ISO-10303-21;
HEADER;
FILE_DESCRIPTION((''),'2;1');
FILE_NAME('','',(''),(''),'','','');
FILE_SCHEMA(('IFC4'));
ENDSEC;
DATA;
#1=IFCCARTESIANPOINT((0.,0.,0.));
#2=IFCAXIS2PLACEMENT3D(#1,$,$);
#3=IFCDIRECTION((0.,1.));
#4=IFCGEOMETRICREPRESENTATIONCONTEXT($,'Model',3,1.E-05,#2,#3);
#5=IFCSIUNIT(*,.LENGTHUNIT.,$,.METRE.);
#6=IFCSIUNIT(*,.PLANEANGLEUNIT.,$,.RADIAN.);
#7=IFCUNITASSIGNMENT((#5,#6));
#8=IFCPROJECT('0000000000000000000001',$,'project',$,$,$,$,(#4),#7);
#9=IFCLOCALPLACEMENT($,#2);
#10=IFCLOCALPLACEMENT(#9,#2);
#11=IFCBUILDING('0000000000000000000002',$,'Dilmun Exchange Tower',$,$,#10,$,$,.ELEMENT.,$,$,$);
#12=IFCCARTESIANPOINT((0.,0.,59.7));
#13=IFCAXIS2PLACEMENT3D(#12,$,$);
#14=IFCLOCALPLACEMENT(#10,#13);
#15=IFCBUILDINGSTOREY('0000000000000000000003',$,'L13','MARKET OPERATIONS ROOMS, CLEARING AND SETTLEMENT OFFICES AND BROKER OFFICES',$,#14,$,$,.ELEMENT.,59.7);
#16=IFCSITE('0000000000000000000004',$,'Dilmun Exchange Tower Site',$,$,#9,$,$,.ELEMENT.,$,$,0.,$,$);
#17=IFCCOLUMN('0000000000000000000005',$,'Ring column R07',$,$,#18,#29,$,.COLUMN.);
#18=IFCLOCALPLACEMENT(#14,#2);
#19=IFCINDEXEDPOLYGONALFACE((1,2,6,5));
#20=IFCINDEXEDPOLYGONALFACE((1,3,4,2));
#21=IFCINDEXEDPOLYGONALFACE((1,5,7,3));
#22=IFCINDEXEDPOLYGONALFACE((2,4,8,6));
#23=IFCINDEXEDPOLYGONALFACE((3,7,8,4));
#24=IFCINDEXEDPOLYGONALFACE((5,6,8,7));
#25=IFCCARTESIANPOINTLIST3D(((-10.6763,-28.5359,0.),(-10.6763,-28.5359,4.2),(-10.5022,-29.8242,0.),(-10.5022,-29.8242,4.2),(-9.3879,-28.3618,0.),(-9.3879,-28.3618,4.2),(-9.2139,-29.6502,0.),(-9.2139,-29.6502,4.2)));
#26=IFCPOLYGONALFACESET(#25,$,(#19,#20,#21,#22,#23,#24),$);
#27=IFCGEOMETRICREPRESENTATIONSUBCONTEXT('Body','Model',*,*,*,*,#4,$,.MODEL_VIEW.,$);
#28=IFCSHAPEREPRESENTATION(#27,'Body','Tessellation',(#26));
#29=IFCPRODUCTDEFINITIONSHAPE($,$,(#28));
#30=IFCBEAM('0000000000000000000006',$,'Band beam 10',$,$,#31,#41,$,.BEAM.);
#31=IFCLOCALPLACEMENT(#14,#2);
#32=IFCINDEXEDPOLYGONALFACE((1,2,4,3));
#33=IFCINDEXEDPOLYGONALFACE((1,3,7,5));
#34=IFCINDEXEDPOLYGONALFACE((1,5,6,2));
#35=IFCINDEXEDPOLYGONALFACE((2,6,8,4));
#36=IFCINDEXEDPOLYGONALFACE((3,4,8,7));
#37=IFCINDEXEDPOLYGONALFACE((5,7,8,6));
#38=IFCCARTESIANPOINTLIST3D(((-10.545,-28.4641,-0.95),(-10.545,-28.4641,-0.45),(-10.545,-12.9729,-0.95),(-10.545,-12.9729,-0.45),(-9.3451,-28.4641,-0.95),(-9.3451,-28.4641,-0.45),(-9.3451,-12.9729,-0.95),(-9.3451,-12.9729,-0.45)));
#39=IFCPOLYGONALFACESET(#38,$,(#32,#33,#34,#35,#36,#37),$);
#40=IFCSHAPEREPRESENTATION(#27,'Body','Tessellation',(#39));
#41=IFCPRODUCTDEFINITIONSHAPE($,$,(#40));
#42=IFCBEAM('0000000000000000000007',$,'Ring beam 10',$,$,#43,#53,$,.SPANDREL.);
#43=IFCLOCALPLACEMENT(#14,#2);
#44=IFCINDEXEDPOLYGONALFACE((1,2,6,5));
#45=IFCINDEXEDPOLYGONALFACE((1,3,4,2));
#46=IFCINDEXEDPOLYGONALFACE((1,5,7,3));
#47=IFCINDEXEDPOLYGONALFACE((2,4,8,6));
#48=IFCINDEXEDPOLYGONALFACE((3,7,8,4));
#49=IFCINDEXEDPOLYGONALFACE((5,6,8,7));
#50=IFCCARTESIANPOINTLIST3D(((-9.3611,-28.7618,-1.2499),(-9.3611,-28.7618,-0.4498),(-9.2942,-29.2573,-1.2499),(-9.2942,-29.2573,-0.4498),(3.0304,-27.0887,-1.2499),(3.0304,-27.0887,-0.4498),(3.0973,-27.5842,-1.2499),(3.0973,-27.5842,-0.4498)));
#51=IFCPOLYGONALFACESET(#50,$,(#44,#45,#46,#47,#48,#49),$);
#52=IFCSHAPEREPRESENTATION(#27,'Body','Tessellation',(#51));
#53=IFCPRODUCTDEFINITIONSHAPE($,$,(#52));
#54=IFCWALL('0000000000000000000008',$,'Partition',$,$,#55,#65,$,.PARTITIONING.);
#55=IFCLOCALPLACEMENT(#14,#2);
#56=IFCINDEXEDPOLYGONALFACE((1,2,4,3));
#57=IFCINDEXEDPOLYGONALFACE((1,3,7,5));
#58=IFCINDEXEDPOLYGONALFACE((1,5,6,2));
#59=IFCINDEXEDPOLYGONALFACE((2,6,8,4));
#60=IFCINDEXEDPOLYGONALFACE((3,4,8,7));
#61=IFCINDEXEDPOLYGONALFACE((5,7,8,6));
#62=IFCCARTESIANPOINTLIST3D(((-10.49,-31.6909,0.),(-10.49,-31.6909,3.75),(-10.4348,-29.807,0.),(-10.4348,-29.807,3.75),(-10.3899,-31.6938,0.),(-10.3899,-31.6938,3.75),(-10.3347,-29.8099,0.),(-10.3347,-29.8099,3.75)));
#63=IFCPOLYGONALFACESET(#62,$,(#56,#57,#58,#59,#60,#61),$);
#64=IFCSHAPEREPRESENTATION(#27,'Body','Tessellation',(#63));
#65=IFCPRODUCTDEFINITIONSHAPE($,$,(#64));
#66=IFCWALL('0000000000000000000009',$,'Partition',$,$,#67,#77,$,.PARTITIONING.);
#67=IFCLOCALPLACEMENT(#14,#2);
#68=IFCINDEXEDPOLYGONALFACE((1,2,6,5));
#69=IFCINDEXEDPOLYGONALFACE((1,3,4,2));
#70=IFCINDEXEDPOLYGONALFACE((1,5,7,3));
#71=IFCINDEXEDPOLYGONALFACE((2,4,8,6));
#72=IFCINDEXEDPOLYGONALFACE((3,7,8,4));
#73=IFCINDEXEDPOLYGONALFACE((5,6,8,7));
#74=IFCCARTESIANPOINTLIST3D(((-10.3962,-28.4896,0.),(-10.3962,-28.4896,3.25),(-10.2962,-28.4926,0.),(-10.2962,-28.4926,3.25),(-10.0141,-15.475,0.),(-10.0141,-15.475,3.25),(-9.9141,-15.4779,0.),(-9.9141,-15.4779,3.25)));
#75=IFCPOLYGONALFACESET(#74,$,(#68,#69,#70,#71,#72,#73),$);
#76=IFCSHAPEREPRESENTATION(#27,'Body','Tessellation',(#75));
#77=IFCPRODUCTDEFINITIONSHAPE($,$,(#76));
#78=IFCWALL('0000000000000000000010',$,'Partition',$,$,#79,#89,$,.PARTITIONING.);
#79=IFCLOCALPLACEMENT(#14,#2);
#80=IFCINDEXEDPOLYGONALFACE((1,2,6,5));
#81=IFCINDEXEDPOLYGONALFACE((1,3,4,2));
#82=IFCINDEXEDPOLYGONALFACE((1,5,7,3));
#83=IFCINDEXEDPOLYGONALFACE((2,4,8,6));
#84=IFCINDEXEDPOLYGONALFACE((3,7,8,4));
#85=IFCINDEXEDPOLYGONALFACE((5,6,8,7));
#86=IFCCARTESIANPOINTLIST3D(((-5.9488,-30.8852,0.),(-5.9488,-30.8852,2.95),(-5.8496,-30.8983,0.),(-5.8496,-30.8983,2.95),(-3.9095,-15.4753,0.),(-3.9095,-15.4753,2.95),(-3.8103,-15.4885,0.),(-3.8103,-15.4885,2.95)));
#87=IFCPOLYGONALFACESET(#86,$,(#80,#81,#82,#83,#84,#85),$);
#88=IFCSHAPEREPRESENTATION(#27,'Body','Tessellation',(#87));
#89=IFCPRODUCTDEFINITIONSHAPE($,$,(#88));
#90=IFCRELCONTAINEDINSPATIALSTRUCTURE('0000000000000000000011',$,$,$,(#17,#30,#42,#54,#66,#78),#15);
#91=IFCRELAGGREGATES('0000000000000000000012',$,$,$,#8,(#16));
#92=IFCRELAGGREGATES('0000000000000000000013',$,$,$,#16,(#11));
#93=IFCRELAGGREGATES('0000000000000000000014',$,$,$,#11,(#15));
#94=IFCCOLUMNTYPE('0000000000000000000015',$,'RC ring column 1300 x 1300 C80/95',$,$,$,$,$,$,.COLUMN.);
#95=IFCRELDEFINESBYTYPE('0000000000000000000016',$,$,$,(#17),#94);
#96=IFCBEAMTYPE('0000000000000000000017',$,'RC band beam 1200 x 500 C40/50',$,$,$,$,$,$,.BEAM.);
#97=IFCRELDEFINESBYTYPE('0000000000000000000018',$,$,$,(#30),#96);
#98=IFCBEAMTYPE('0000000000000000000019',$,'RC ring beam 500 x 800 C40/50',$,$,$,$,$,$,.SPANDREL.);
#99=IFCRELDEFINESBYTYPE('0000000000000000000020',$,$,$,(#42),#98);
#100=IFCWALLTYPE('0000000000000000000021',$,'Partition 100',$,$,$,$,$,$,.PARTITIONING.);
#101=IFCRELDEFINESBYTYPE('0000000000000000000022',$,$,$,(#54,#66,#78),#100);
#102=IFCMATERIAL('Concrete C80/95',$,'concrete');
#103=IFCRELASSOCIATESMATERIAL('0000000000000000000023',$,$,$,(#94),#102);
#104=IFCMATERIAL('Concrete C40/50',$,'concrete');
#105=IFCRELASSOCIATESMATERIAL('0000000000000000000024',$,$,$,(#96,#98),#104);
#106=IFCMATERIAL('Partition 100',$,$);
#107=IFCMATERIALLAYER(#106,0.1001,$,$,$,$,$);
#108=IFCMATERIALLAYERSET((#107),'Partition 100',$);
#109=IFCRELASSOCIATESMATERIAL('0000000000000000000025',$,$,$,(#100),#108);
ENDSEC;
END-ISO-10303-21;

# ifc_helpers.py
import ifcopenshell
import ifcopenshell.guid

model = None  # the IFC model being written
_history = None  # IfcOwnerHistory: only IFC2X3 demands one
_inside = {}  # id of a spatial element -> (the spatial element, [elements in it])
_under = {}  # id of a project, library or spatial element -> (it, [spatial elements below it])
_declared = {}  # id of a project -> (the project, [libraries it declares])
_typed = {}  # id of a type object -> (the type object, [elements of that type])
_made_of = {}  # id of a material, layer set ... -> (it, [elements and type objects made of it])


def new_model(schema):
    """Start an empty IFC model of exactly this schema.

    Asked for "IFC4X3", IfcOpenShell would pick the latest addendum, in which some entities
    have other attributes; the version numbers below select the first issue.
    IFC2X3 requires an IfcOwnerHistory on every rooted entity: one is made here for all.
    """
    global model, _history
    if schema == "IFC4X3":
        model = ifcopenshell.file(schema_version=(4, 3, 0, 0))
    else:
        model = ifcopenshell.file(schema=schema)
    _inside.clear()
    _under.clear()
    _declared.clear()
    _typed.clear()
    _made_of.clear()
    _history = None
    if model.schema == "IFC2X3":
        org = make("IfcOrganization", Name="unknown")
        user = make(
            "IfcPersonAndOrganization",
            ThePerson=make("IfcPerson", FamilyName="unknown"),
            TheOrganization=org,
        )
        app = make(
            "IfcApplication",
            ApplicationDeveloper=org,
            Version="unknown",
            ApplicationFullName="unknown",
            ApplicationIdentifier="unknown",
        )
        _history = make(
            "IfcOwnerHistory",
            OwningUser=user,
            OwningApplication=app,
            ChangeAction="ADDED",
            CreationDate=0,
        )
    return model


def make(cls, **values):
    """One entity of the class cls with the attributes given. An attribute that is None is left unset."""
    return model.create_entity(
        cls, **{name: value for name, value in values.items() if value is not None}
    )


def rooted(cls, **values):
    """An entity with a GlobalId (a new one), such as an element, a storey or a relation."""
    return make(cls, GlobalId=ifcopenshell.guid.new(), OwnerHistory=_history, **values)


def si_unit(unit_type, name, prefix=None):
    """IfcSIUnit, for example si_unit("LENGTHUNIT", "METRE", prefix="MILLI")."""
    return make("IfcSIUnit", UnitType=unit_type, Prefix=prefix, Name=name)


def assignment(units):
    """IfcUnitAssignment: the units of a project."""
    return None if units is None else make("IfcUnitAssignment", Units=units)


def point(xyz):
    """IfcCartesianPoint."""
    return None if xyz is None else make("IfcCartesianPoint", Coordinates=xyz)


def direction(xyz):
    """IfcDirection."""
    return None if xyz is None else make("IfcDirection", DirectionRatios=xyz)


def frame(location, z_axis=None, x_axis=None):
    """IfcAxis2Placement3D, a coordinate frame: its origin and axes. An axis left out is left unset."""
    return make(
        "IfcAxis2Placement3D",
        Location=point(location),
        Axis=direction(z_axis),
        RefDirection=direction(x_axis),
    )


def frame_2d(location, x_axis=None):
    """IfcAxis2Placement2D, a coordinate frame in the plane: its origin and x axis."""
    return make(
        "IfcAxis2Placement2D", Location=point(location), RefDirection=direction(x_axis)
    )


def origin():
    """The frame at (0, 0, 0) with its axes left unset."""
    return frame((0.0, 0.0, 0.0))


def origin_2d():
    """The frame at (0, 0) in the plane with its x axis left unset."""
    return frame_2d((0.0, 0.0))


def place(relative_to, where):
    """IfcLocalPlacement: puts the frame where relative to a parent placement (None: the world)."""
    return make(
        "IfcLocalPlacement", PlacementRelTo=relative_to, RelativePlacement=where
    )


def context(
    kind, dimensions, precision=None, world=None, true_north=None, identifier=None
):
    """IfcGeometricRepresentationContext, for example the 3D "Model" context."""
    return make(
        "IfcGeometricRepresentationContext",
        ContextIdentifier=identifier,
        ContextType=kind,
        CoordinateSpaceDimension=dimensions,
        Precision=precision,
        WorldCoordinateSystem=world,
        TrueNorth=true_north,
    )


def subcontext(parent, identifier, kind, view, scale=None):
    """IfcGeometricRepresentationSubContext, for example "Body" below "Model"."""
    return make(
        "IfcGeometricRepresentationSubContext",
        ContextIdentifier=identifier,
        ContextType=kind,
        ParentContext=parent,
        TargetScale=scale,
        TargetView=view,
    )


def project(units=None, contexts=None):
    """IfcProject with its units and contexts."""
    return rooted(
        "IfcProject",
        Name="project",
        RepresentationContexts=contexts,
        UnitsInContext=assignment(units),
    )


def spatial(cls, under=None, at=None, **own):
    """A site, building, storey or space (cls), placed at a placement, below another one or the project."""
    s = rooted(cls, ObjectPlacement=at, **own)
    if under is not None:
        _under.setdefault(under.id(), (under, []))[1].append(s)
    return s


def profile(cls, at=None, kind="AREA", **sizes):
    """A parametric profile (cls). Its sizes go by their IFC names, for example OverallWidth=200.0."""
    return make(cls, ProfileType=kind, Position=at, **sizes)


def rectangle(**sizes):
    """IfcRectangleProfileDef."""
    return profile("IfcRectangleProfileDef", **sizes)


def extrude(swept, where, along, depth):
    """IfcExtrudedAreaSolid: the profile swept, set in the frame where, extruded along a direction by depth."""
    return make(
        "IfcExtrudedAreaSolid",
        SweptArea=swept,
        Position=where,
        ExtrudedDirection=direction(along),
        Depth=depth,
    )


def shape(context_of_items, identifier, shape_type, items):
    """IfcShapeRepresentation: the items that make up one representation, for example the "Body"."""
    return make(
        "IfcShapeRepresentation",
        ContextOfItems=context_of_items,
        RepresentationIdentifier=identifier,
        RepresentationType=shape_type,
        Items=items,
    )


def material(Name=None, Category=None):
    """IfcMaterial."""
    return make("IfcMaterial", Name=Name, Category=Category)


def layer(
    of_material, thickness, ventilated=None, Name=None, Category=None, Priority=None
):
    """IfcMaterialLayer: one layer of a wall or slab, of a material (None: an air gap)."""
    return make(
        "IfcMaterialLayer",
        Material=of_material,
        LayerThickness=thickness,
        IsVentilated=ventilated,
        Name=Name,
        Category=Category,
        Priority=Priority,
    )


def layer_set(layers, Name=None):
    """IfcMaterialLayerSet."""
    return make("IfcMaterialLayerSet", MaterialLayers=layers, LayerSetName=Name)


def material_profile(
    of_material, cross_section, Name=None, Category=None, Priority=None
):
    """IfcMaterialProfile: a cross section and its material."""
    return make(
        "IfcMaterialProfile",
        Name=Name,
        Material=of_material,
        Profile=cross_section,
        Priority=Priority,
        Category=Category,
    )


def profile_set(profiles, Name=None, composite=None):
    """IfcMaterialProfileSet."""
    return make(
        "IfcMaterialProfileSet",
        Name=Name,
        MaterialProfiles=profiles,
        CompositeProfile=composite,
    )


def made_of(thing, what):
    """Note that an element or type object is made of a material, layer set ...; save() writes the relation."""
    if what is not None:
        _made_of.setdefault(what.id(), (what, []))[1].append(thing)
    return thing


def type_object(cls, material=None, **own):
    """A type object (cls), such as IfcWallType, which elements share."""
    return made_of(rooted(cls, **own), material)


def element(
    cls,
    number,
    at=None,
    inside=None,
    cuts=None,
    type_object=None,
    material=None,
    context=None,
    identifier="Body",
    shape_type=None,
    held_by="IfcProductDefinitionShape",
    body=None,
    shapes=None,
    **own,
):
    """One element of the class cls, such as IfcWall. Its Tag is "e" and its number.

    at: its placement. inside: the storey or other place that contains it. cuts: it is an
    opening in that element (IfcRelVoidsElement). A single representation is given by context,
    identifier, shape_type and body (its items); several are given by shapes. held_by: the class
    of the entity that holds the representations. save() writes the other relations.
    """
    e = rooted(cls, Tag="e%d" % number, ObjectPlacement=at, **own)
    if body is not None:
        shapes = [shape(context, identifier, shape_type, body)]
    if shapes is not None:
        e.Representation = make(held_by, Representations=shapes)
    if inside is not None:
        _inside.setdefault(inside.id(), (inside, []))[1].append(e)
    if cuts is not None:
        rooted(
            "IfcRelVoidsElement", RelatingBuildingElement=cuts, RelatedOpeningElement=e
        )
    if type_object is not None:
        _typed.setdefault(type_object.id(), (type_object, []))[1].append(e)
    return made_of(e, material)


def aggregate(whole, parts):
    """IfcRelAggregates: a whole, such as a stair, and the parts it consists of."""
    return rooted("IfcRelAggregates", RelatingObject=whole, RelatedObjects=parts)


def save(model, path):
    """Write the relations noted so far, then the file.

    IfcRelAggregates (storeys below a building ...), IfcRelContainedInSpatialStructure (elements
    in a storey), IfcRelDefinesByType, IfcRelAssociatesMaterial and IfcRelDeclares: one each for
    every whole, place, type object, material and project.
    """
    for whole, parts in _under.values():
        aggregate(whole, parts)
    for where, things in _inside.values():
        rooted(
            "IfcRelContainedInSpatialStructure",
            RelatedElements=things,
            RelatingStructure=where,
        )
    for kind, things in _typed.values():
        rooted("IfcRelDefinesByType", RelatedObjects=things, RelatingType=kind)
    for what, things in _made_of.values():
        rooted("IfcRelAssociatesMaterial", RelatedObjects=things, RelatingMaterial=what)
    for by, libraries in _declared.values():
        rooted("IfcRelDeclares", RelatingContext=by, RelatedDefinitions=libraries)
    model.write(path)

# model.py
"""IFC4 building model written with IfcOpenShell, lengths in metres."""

from ifc_helpers import new_model, si_unit, direction, frame, frame_2d, origin, origin_2d, place, context, subcontext, project, spatial, rectangle, extrude, material, layer, layer_set, material_profile, profile_set, type_object, element, save


model = new_model("IFC4")

# Units and contexts
model_context = context("Model", 3, precision=1e-05, world=origin(), true_north=direction((0.0, 1.0)))
body_context = subcontext(model_context, "Body", "Model", "MODEL_VIEW")
ifc_project = project(units=[si_unit("LENGTHUNIT", "METRE"), si_unit("PLANEANGLEUNIT", "RADIAN")], contexts=[model_context])

# Site, building, storey
site_placement = place(None, origin())
site = spatial("IfcSite", under=ifc_project, at=site_placement, Name="Dilmun Exchange Tower Site", CompositionType="ELEMENT", RefElevation=0.0)
building_placement = place(site_placement, origin())
building = spatial("IfcBuilding", under=site, at=building_placement, Name="Dilmun Exchange Tower", CompositionType="ELEMENT")
storey_placement = place(building_placement, frame((0.0, 0.0, 59.7)))
storey = spatial("IfcBuildingStorey", under=building, at=storey_placement, Name="L13", Description="MARKET OPERATIONS ROOMS, CLEARING AND SETTLEMENT OFFICES AND BROKER OFFICES", CompositionType="ELEMENT", Elevation=59.7)

# Column
ifc_material_1 = material(Name="Concrete C80/95", Category="concrete")
ifc_material_profile_1 = material_profile(ifc_material_1, rectangle(XDim=1.3, YDim=1.3, at=origin_2d()), Name="1300 x 1300")
ifc_profile_set_1 = profile_set([ifc_material_profile_1], Name="Concrete C80/95")
column_type = type_object("IfcColumnType", Name="RC ring column 1300 x 1300 C80/95", PredefinedType="COLUMN", material=ifc_profile_set_1)
column_placement = place(storey_placement, frame((-9.9451, -29.093, 0.0), z_axis=(0.0, 0.0, 1.0), x_axis=(0.991001, 0.133853, 0.0)))
element("IfcColumn", 1, at=column_placement, inside=storey, type_object=column_type, Name="Ring column R07", PredefinedType="COLUMN", context=body_context, shape_type="SweptSolid", body=[
    extrude(rectangle(XDim=1.3, YDim=1.3, at=origin_2d()), origin(), (0.0, 0.0, 1.0), 4.2),
])

# Beams
ifc_material_2 = material(Name="Concrete C40/50", Category="concrete")
ifc_material_profile_2 = material_profile(ifc_material_2, rectangle(XDim=1.2, YDim=0.5, at=origin_2d()), Name="1200 x 500")
ifc_profile_set_2 = profile_set([ifc_material_profile_2], Name="Concrete C40/50")
beam_type_1 = type_object("IfcBeamType", Name="RC band beam 1200 x 500 C40/50", PredefinedType="BEAM", material=ifc_profile_set_2)
beam_1_placement = place(storey_placement, frame((-9.9451, -28.4641, -0.7), z_axis=(0.0, 1.0, 0.0), x_axis=(-1.0, 0.0, 0.0)))
element("IfcBeam", 2, at=beam_1_placement, inside=storey, type_object=beam_type_1, Name="Band beam 10", PredefinedType="BEAM", context=body_context, shape_type="SweptSolid", body=[
    extrude(rectangle(XDim=1.2, YDim=0.5, at=origin_2d()), origin(), (0.0, 0.0, 1.0), 15.4912),
])
ifc_material_profile_3 = material_profile(ifc_material_2, rectangle(XDim=0.5, YDim=0.8, at=origin_2d()), Name="500 x 800")
ifc_profile_set_3 = profile_set([ifc_material_profile_3], Name="Concrete C40/50")
beam_type_2 = type_object("IfcBeamType", Name="RC ring beam 500 x 800 C40/50", PredefinedType="SPANDREL", material=ifc_profile_set_3)
beam_2_placement = place(storey_placement, frame((-9.3276, -29.0095, -0.8499), z_axis=(0.991007, 0.133807, 0.0), x_axis=(-0.133807, 0.991007, 0.0)))
element("IfcBeam", 3, at=beam_2_placement, inside=storey, type_object=beam_type_2, Name="Ring beam 10", PredefinedType="SPANDREL", context=body_context, shape_type="SweptSolid", body=[
    extrude(rectangle(XDim=0.5, YDim=0.8, at=origin_2d()), origin(), (0.0, 0.0, 1.0), 12.5039),
])

# Walls
ifc_material_3 = material(Name="Partition 100")
ifc_layer = layer(ifc_material_3, 0.1001)
ifc_layer_set = layer_set([ifc_layer], Name="Partition 100")
wall_type = type_object("IfcWallType", Name="Partition 100", PredefinedType="PARTITIONING", material=ifc_layer_set)
wall_1_placement = place(storey_placement, frame((-10.4399, -31.6924, 0.0), z_axis=(0.0, 0.0, 1.0), x_axis=(0.029273, 0.999571, 0.0)))
element("IfcWall", 4, at=wall_1_placement, inside=storey, type_object=wall_type, Name="Partition", PredefinedType="PARTITIONING", context=body_context, shape_type="SweptSolid", body=[
    extrude(rectangle(XDim=1.8848, YDim=0.1001, at=frame_2d((0.9424, 0.0))), origin(), (0.0, 0.0, 1.0), 3.75),
])
wall_2_placement = place(storey_placement, frame((-10.3462, -28.4912, 0.0), z_axis=(0.0, 0.0, 1.0), x_axis=(0.029345, 0.999569, 0.0)))
element("IfcWall", 5, at=wall_2_placement, inside=storey, type_object=wall_type, Name="Partition", PredefinedType="PARTITIONING", context=body_context, shape_type="SweptSolid", body=[
    extrude(rectangle(XDim=13.0203, YDim=0.1001, at=frame_2d((6.5103, 0.0))), origin(), (0.0, 0.0, 1.0), 3.25),
])
wall_3_placement = place(storey_placement, frame((-5.8992, -30.8916, 0.0), z_axis=(0.0, 0.0, 1.0), x_axis=(0.131194, 0.991357, 0.0)))
element("IfcWall", 6, at=wall_3_placement, inside=storey, type_object=wall_type, Name="Partition", PredefinedType="PARTITIONING", context=body_context, shape_type="SweptSolid", body=[
    extrude(rectangle(XDim=15.5442, YDim=0.1001, at=frame_2d((7.772, 0.0))), origin(), (0.0, 0.0, 1.0), 2.95),
])

save(model, "model.ifc")
